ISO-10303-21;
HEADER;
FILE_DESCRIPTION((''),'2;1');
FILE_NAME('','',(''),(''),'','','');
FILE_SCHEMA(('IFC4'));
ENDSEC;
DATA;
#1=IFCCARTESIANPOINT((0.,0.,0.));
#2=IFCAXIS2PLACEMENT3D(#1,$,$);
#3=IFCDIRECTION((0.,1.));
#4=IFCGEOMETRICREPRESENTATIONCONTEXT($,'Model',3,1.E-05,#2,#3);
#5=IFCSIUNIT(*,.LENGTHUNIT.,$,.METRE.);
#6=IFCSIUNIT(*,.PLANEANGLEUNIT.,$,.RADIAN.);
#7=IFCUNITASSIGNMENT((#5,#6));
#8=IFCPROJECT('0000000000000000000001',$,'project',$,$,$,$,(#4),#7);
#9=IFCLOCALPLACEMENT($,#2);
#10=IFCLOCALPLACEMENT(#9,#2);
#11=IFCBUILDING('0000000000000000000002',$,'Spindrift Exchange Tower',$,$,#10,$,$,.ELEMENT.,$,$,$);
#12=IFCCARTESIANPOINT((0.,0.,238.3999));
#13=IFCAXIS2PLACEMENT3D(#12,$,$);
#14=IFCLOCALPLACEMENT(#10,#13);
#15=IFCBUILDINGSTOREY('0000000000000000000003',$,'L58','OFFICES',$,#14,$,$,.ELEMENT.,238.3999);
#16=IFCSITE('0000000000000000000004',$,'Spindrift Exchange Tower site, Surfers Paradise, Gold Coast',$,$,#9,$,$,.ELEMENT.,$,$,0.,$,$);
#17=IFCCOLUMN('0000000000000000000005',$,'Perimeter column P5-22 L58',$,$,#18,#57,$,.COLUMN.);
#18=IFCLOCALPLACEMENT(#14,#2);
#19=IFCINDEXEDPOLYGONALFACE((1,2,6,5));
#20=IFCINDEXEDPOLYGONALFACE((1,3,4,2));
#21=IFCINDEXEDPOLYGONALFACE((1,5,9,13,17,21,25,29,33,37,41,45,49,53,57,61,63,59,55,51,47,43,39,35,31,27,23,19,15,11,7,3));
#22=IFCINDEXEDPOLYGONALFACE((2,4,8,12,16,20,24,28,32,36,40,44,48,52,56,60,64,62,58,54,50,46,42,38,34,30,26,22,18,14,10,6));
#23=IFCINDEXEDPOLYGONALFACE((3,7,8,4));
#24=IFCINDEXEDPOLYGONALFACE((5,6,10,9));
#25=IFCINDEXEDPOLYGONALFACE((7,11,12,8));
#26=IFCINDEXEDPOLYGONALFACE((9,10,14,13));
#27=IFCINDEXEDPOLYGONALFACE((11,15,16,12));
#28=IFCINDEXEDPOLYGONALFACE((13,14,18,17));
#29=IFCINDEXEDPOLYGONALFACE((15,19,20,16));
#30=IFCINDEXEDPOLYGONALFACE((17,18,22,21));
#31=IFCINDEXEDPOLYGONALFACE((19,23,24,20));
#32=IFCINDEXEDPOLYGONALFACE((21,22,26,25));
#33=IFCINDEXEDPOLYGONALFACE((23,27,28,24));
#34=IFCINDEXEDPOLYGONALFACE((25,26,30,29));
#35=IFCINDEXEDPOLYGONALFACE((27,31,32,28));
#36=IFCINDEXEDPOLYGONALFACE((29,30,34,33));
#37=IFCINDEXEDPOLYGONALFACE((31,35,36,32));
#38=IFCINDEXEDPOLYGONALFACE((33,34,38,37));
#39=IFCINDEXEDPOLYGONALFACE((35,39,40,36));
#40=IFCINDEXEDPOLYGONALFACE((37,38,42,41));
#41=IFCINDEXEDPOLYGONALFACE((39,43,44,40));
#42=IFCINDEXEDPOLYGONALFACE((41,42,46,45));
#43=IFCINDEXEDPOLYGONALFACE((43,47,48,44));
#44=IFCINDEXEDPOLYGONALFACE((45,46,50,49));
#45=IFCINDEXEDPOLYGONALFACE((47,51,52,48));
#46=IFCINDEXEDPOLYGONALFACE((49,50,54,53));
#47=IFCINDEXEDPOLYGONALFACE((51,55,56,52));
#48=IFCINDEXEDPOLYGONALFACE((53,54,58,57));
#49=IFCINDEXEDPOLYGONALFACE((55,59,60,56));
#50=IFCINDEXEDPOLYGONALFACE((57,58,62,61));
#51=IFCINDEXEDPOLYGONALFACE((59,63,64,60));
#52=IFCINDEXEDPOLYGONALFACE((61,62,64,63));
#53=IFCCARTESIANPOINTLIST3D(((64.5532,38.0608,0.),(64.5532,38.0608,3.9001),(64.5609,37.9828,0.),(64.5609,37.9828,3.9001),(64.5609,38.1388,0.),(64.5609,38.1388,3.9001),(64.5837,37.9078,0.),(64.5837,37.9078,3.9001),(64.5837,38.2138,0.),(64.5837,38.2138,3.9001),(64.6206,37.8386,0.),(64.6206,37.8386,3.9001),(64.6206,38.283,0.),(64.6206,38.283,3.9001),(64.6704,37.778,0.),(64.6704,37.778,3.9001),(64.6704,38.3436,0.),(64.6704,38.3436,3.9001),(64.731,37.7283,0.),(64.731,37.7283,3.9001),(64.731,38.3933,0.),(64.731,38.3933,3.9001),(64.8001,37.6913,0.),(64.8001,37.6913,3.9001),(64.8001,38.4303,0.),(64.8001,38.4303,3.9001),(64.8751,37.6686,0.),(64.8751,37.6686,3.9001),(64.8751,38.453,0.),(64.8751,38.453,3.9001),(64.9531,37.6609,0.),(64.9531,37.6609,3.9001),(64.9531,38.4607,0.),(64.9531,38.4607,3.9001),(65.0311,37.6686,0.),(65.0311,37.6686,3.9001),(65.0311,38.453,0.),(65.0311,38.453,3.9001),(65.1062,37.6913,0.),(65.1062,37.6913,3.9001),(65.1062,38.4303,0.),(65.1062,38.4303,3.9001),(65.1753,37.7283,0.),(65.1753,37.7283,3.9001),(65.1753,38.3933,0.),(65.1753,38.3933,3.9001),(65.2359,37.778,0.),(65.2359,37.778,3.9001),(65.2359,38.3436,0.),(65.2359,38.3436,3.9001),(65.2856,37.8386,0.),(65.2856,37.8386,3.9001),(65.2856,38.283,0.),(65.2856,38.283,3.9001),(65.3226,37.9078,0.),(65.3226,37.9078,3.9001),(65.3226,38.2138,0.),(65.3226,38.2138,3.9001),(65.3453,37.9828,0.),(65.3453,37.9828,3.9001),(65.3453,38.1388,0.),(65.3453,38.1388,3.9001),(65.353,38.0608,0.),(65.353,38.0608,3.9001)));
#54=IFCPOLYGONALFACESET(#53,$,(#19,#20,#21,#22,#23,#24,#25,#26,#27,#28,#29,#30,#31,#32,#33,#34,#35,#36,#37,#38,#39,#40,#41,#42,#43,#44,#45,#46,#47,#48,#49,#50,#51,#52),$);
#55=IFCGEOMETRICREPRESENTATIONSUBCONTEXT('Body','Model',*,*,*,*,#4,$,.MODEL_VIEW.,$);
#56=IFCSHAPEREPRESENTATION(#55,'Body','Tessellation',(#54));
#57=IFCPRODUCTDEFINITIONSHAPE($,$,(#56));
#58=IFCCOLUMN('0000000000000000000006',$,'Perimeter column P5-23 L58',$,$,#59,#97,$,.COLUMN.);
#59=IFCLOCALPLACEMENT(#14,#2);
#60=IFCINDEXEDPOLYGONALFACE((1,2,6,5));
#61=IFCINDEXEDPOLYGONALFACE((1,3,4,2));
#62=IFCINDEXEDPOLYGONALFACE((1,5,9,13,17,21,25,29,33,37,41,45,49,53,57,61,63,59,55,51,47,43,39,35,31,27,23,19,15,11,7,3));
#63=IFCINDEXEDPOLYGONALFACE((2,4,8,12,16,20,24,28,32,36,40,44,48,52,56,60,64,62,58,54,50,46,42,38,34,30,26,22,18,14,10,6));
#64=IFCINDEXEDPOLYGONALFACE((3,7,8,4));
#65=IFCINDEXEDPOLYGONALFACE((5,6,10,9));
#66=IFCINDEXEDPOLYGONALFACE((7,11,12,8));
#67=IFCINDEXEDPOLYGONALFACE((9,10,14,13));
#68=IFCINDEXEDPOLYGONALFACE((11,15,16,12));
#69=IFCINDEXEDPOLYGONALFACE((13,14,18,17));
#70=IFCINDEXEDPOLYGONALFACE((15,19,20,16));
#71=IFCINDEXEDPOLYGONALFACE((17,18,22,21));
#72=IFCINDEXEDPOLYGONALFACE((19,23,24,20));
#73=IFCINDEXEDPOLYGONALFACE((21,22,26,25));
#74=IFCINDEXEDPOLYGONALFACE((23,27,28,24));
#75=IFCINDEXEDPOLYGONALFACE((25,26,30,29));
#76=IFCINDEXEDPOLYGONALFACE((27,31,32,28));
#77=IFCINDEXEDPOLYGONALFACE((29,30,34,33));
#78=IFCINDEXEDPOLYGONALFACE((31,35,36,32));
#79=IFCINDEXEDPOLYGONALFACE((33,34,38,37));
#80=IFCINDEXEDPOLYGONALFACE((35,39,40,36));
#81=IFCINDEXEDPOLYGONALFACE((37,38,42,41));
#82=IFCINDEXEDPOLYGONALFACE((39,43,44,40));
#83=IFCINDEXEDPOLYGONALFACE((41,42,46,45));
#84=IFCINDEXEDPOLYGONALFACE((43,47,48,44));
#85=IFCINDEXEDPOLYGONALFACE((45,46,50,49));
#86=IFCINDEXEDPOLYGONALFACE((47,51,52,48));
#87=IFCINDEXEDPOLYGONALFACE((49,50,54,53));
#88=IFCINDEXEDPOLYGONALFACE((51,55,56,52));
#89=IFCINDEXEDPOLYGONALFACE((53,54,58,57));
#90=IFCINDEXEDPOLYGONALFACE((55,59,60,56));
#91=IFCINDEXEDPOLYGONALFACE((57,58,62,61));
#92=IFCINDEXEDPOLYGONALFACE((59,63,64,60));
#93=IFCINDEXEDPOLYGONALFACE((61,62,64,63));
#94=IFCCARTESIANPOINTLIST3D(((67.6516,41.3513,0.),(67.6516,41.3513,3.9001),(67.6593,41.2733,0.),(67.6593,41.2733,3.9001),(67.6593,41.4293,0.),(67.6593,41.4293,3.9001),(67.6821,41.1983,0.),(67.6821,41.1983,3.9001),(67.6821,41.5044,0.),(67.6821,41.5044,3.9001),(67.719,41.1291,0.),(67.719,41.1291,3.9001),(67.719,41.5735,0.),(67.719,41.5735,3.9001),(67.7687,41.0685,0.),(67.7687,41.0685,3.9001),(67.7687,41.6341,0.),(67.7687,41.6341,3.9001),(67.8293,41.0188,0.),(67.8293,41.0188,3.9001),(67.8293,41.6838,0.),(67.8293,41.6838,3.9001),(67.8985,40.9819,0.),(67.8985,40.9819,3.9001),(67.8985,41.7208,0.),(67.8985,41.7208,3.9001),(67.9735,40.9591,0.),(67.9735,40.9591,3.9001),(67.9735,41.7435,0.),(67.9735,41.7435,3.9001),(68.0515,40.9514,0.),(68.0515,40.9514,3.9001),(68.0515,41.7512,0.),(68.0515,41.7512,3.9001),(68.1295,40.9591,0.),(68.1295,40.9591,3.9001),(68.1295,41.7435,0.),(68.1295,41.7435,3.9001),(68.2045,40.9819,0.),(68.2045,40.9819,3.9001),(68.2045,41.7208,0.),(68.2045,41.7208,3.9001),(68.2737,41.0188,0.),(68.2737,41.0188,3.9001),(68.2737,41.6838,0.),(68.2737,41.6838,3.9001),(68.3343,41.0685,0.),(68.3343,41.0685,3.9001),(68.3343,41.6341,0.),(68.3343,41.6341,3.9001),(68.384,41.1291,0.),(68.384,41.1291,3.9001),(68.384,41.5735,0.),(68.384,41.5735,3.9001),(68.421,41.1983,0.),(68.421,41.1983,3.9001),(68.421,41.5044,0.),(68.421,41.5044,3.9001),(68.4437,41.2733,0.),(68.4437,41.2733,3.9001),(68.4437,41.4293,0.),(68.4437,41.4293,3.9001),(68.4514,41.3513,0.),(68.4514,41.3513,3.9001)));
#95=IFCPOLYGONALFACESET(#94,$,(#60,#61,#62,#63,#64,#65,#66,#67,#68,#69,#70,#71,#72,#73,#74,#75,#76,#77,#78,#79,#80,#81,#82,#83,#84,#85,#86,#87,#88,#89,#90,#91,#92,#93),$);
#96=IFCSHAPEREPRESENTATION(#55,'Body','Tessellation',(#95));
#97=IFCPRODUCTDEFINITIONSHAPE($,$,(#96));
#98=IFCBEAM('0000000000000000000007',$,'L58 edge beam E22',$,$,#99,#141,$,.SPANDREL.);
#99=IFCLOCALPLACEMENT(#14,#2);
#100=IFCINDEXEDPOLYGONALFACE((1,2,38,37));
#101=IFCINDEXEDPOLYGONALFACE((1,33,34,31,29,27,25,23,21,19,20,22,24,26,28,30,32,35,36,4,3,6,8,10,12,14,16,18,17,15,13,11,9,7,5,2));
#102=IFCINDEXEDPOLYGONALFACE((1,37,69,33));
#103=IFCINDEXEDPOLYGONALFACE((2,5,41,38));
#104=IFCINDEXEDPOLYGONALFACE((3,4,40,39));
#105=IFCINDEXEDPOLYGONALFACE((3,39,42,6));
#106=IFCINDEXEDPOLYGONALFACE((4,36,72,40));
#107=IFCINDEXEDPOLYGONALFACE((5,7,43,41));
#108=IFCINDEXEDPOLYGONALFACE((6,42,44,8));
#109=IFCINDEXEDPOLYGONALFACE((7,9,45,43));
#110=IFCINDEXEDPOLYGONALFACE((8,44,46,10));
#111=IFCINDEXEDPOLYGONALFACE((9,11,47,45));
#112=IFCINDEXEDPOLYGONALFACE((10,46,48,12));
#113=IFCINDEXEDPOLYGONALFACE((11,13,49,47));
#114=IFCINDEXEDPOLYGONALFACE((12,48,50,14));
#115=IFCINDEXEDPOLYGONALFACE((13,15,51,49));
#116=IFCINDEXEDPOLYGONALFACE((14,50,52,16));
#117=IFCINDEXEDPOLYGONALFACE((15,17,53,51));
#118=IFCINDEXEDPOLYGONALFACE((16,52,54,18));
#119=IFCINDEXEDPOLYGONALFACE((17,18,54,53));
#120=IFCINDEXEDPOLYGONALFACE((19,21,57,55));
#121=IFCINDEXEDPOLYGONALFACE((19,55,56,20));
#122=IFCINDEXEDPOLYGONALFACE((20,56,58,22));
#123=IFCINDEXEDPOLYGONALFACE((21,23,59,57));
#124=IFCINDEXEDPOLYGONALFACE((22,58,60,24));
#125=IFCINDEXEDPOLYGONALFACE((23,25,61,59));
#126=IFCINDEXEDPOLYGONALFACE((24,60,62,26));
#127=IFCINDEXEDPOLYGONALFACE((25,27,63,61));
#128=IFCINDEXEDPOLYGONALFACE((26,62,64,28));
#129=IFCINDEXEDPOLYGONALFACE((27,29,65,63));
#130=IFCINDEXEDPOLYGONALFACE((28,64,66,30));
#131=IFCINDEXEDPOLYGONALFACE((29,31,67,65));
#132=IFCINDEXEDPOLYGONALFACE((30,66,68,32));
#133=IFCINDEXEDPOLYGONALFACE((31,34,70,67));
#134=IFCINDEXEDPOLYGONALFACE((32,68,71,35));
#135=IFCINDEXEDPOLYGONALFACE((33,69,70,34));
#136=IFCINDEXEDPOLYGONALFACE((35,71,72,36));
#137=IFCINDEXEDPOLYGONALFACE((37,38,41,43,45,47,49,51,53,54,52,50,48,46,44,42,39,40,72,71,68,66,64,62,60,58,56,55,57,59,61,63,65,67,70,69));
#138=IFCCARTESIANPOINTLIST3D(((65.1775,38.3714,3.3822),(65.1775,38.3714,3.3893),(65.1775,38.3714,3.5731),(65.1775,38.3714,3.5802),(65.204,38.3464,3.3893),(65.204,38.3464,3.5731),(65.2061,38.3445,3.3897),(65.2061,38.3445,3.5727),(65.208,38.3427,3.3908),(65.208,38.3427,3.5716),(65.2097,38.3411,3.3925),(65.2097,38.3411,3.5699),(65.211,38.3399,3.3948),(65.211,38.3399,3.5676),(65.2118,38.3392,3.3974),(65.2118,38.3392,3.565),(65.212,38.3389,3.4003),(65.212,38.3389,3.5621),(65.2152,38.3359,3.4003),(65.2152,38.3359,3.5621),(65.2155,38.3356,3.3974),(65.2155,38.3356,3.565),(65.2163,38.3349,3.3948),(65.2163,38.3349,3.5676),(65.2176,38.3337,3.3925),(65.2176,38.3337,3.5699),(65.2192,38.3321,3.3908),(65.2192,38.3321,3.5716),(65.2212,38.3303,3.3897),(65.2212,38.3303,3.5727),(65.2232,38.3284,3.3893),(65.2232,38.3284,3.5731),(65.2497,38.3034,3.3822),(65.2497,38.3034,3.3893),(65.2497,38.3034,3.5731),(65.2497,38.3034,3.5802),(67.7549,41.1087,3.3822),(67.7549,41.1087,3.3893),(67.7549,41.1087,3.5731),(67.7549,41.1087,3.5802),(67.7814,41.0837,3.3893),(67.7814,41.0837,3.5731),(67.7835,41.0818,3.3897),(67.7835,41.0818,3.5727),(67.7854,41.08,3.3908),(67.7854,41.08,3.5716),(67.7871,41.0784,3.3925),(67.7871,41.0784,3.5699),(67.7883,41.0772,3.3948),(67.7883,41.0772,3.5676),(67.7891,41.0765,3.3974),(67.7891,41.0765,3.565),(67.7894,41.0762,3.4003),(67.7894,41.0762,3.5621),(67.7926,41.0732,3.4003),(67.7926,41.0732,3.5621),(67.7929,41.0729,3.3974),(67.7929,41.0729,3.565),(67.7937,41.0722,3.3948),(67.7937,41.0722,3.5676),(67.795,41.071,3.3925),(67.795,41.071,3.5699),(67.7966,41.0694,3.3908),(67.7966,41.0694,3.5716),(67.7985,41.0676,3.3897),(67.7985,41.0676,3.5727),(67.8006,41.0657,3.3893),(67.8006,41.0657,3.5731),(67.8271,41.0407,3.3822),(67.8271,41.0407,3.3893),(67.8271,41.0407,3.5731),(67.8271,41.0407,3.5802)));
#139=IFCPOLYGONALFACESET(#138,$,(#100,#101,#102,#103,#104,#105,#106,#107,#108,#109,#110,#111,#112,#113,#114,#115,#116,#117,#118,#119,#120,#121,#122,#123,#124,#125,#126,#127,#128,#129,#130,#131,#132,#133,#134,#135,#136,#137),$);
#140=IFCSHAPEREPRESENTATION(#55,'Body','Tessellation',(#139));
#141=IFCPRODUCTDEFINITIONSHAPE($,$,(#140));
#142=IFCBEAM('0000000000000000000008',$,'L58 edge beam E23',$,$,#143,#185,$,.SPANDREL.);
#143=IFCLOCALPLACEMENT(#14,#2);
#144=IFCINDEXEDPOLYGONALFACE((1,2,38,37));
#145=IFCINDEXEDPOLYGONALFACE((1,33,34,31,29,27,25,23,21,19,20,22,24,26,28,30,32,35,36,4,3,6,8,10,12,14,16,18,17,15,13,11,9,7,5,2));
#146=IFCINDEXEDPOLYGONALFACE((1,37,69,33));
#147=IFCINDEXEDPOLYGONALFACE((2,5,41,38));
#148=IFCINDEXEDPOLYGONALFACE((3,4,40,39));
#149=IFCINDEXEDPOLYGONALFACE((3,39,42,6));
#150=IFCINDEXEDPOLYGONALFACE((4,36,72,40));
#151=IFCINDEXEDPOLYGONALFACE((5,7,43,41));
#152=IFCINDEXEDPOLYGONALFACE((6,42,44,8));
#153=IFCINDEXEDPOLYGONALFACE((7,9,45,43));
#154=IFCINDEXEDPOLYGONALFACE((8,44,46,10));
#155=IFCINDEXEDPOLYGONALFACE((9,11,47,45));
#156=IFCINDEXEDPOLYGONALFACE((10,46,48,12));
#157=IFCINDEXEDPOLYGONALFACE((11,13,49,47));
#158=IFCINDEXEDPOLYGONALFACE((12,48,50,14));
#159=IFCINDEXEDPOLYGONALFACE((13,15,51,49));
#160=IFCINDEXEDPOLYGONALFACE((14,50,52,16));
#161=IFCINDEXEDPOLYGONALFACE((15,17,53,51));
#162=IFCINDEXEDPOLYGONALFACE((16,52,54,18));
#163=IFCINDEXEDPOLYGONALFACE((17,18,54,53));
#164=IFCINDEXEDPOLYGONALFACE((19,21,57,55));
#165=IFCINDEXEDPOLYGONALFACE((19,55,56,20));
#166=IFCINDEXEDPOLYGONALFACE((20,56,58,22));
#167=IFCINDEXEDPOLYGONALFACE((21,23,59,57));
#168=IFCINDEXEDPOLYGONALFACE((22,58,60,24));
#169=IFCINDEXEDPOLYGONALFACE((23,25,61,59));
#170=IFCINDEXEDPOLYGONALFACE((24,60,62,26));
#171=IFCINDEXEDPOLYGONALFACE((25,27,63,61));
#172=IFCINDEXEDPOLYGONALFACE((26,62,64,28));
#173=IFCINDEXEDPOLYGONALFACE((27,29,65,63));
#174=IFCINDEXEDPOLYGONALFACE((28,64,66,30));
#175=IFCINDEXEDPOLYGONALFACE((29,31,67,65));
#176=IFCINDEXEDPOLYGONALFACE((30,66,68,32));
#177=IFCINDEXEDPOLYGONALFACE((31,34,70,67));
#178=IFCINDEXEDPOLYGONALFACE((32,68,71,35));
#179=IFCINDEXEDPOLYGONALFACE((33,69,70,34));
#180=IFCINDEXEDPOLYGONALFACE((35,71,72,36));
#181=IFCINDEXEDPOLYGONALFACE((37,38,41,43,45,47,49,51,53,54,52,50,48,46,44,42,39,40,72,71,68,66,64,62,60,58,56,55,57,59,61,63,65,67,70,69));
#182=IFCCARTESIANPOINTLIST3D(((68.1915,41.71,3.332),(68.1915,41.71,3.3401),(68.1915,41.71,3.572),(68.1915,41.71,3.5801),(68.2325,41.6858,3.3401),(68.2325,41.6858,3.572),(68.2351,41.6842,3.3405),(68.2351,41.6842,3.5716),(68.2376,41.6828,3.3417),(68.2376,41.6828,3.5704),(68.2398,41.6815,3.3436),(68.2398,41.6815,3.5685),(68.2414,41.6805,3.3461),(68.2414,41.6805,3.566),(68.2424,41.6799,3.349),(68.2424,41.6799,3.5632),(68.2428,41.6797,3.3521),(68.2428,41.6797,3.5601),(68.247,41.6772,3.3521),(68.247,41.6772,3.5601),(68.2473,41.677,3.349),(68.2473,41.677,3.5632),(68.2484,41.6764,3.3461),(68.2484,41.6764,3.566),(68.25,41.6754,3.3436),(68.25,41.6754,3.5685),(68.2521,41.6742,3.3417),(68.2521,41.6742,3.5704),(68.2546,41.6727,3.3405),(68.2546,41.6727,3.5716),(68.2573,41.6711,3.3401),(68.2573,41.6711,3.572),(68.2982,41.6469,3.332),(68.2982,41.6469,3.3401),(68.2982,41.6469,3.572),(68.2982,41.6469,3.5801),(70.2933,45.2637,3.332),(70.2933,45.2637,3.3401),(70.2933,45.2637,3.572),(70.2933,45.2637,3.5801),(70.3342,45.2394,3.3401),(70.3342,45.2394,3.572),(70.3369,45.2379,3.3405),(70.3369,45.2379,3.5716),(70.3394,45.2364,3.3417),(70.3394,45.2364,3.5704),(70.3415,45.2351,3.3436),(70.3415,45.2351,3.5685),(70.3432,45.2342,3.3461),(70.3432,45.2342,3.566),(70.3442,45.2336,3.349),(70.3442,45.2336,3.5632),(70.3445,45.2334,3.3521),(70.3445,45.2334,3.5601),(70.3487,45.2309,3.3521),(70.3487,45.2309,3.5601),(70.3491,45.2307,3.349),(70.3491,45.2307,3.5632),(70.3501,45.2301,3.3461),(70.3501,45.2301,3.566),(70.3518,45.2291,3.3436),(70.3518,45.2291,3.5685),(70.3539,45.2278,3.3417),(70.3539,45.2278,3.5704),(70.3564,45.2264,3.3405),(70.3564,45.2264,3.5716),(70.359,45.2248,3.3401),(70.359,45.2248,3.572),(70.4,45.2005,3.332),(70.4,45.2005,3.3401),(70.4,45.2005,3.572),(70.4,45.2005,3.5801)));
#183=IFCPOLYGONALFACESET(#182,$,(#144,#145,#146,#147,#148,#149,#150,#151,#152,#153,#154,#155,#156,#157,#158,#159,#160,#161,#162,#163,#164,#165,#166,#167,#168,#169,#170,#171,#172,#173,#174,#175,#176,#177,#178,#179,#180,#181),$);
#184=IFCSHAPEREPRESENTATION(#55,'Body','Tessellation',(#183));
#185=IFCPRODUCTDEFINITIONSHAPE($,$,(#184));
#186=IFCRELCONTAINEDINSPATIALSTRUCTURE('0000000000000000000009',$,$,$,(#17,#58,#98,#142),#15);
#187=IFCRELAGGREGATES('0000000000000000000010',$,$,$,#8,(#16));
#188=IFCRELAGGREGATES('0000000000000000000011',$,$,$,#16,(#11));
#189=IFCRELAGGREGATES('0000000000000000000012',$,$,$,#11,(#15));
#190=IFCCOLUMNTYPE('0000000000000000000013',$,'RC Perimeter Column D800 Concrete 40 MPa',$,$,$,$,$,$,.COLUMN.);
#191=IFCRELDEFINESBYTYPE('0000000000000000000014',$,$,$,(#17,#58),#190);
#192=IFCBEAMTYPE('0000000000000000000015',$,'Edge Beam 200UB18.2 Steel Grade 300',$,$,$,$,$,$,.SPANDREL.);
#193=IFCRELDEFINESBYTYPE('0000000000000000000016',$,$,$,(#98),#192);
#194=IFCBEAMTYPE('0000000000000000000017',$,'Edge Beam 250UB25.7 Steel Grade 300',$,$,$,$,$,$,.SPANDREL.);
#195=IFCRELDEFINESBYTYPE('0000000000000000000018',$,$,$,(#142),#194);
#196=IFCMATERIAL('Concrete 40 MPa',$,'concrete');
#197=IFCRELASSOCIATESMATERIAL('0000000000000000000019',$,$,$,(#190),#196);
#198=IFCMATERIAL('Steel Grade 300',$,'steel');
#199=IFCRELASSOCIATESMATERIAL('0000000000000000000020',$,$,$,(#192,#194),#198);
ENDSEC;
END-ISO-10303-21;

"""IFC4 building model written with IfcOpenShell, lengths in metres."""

from ifc_helpers import new_model, si_unit, direction, frame, origin, origin_2d, place, context, subcontext, project, spatial, circle, i_section, extrude, source, transform, mapped, material, material_profile, profile_set, type_object, element, save


model = new_model("IFC4")

# Units and contexts
model_context = context("Model", 3, precision=1e-05, world=origin(), true_north=direction((0.0, 1.0)))
body_context = subcontext(model_context, "Body", "Model", "MODEL_VIEW")
ifc_project = project(units=[si_unit("LENGTHUNIT", "METRE"), si_unit("PLANEANGLEUNIT", "RADIAN")], contexts=[model_context])

# Site, building, storey
site_placement = place(None, origin())
site = spatial("IfcSite", under=ifc_project, at=site_placement, Name="Spindrift Exchange Tower site, Surfers Paradise, Gold Coast", CompositionType="ELEMENT", RefElevation=0.0)
building_placement = place(site_placement, origin())
building = spatial("IfcBuilding", under=site, at=building_placement, Name="Spindrift Exchange Tower", CompositionType="ELEMENT")
storey_placement = place(building_placement, frame((0.0, 0.0, 238.3999)))
storey = spatial("IfcBuildingStorey", under=building, at=storey_placement, Name="L58", Description="OFFICES", CompositionType="ELEMENT", Elevation=238.3999)

# Columns
ifc_material_1 = material(Name="Concrete 40 MPa", Category="concrete")
ifc_material_profile_1 = material_profile(ifc_material_1, circle(Radius=0.3999, at=origin_2d()), Name="RC D800")
ifc_profile_set_1 = profile_set([ifc_material_profile_1], Name="Concrete 40 MPa")
column_type = type_object("IfcColumnType", Name="RC Perimeter Column D800 Concrete 40 MPa", PredefinedType="COLUMN", material=ifc_profile_set_1)
shared_shape_1 = source(origin(), body_context, "Body", "SweptSolid", [
    extrude(circle(Radius=0.3999, at=origin_2d()), origin(), (0.0, 0.0, 1.0), 3.9001),
])
for number, where, z_axis, x_axis, name in (
    (1, (64.9531, 38.0608, 0.0), (0.0, 0.0, 1.0), (1.0, 0.0, 0.0), "Perimeter column P5-22 L58"),
    (2, (68.0515, 41.3513, 0.0), (0.0, 0.0, 1.0), (1.0, 0.0, 0.0), "Perimeter column P5-23 L58"),
):
    element("IfcColumn", number, at=place(storey_placement, frame(where, z_axis=z_axis, x_axis=x_axis)), inside=storey, type_object=column_type, Name=name, PredefinedType="COLUMN", context=body_context, shape_type="MappedRepresentation", body=[
        mapped(shared_shape_1, transform((0.0, 0.0, 0.0), scale=1.0)),
    ])

# Beams
ifc_material_2 = material(Name="Steel Grade 300", Category="steel")
ifc_material_profile_2 = material_profile(ifc_material_2, i_section(OverallWidth=0.0991, OverallDepth=0.198, WebThickness=0.0044, FlangeThickness=0.0071, FilletRadius=0.011, at=origin_2d()), Name="200UB18.2")
ifc_profile_set_2 = profile_set([ifc_material_profile_2], Name="Steel Grade 300")
beam_type_1 = type_object("IfcBeamType", Name="Edge Beam 200UB18.2 Steel Grade 300", PredefinedType="SPANDREL", material=ifc_profile_set_2)
shared_shape_2 = source(origin(), body_context, "Body", "SweptSolid", [
    extrude(i_section(OverallWidth=0.0991, OverallDepth=0.198, WebThickness=0.0044, FlangeThickness=0.0071, FilletRadius=0.011, at=origin_2d()), origin(), (0.0, 0.0, 1.0), 3.7598),
])
beam_1_placement = place(storey_placement, frame((65.2136, 38.3374, 3.4812), z_axis=(0.685521, 0.728053, 0.0), x_axis=(-0.728053, 0.685521, 0.0)))
element("IfcBeam", 3, at=beam_1_placement, inside=storey, type_object=beam_type_1, Name="L58 edge beam E22", PredefinedType="SPANDREL", context=body_context, shape_type="MappedRepresentation", body=[
    mapped(shared_shape_2, transform((0.0, 0.0, 0.0), scale=1.0)),
])
ifc_material_profile_3 = material_profile(ifc_material_2, i_section(OverallWidth=0.124, OverallDepth=0.248, WebThickness=0.0049, FlangeThickness=0.0081, FilletRadius=0.012, at=origin_2d()), Name="250UB25.7")
ifc_profile_set_3 = profile_set([ifc_material_profile_3], Name="Steel Grade 300")
beam_type_2 = type_object("IfcBeamType", Name="Edge Beam 250UB25.7 Steel Grade 300", PredefinedType="SPANDREL", material=ifc_profile_set_3)
shared_shape_3 = source(origin(), body_context, "Body", "SweptSolid", [
    extrude(i_section(OverallWidth=0.124, OverallDepth=0.248, WebThickness=0.0049, FlangeThickness=0.0081, FilletRadius=0.012, at=origin_2d()), origin(), (0.0, 0.0, 1.0), 4.1287),
])
beam_2_placement = place(storey_placement, frame((68.2449, 41.6785, 3.4561), z_axis=(0.509068, 0.860726, 0.0), x_axis=(-0.860726, 0.509068, 0.0)))
element("IfcBeam", 4, at=beam_2_placement, inside=storey, type_object=beam_type_2, Name="L58 edge beam E23", PredefinedType="SPANDREL", context=body_context, shape_type="MappedRepresentation", body=[
    mapped(shared_shape_3, transform((0.0, 0.0, 0.0), scale=1.0)),
])

save(model, "model.ifc")
